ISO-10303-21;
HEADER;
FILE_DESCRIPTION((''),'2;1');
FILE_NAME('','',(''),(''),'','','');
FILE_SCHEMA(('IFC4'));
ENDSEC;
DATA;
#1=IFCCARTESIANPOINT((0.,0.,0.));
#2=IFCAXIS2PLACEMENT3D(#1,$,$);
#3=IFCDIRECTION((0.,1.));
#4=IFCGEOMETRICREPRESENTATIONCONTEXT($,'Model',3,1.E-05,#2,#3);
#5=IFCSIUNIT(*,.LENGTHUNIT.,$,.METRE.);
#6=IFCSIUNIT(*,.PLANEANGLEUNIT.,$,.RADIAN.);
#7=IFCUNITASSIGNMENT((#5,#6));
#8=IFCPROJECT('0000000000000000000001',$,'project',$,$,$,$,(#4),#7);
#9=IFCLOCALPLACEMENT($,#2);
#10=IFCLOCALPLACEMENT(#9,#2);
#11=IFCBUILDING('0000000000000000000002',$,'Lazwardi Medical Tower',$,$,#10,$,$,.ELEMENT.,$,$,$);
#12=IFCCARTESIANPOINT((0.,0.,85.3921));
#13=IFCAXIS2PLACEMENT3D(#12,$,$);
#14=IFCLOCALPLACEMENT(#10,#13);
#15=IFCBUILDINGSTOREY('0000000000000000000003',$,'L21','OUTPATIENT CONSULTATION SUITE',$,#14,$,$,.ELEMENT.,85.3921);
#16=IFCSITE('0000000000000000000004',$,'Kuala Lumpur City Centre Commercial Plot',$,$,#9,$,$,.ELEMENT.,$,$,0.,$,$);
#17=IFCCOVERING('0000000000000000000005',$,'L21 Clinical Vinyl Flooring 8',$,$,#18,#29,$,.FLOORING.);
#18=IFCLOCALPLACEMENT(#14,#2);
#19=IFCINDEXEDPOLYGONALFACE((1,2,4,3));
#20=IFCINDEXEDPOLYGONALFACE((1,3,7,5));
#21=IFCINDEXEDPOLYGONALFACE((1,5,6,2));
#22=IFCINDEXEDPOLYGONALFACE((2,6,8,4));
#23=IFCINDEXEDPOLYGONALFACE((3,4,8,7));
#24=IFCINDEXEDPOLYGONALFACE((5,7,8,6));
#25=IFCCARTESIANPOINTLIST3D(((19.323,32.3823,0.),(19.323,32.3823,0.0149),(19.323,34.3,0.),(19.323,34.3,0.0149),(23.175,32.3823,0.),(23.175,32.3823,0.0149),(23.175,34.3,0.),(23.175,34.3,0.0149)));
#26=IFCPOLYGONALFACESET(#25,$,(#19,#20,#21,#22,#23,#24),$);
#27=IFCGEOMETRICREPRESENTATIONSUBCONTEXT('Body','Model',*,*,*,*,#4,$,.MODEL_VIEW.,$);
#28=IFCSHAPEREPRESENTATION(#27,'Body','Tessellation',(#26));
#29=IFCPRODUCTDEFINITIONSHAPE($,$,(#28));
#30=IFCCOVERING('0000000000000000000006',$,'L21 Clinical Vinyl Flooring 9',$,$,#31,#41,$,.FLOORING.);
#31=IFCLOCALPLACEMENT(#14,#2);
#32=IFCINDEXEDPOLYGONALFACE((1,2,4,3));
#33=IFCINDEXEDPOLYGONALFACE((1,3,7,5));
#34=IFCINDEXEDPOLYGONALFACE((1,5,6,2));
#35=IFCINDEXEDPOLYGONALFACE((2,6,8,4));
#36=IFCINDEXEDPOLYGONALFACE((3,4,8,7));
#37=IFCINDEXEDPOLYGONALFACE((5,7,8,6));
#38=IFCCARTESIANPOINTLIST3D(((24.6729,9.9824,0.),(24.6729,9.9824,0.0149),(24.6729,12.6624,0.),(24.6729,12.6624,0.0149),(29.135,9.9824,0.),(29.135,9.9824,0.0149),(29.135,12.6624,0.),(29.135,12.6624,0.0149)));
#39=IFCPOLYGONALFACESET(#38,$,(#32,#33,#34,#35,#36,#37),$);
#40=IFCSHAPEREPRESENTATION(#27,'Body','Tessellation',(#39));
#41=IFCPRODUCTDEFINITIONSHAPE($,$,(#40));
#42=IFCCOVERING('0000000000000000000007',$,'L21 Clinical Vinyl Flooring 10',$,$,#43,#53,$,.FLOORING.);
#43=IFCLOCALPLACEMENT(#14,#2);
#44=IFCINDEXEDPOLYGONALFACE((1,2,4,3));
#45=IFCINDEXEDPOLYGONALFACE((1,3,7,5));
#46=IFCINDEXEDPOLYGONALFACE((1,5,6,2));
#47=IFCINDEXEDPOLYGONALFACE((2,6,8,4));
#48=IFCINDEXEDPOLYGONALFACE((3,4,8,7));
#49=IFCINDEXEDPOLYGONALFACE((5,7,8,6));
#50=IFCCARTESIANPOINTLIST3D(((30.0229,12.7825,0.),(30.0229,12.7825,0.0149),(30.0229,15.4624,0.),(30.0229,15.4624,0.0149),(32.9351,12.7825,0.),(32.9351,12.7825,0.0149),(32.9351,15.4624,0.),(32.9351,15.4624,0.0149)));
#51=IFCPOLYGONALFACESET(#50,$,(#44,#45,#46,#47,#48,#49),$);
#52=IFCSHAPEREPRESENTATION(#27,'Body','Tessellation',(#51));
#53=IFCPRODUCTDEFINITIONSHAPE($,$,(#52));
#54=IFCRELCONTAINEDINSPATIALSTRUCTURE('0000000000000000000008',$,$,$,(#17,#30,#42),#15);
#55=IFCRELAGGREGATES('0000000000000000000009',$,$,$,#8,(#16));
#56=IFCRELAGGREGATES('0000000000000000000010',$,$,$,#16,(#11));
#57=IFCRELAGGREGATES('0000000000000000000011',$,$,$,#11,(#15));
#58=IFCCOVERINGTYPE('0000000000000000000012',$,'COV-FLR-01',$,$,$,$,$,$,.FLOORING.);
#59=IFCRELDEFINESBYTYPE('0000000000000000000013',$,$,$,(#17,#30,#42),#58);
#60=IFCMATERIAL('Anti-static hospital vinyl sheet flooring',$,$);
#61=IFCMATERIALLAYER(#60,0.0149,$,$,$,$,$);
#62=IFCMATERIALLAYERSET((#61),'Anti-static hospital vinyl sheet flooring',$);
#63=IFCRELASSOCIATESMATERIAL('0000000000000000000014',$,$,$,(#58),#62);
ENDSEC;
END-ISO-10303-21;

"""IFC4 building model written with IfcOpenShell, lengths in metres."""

from ifc_helpers import new_model, si_unit, direction, frame, origin, place, context, subcontext, project, spatial, polyline, outline, extrude, material, layer, layer_set, type_object, element, save


model = new_model("IFC4")

# Units and contexts
model_context = context("Model", 3, precision=1e-05, world=origin(), true_north=direction((0.0, 1.0)))
body_context = subcontext(model_context, "Body", "Model", "MODEL_VIEW")
ifc_project = project(units=[si_unit("LENGTHUNIT", "METRE"), si_unit("PLANEANGLEUNIT", "RADIAN")], contexts=[model_context])

# Site, building, storey
site_placement = place(None, origin())
site = spatial("IfcSite", under=ifc_project, at=site_placement, Name="Kuala Lumpur City Centre Commercial Plot", CompositionType="ELEMENT", RefElevation=0.0)
building_placement = place(site_placement, origin())
building = spatial("IfcBuilding", under=site, at=building_placement, Name="Lazwardi Medical Tower", CompositionType="ELEMENT")
storey_placement = place(building_placement, frame((0.0, 0.0, 85.3921)))
storey = spatial("IfcBuildingStorey", under=building, at=storey_placement, Name="L21", Description="OUTPATIENT CONSULTATION SUITE", CompositionType="ELEMENT", Elevation=85.3921)

# Coverings
ifc_material_1 = material(Name="Anti-static hospital vinyl sheet flooring")
ifc_layer_1 = layer(ifc_material_1, 0.0149)
ifc_layer_set_1 = layer_set([ifc_layer_1], Name="Anti-static hospital vinyl sheet flooring")
covering_type_1 = type_object("IfcCoveringType", Name="COV-FLR-01", PredefinedType="FLOORING", material=ifc_layer_set_1)
covering_1_placement = place(storey_placement, origin())
element("IfcCovering", 1, at=covering_1_placement, inside=storey, type_object=covering_type_1, Name="L21 Clinical Vinyl Flooring 8", PredefinedType="FLOORING", context=body_context, shape_type="SweptSolid", body=[
    extrude(outline(polyline([(23.175, 32.3823), (23.175, 34.3), (19.323, 34.3), (19.323, 32.3823), (23.175, 32.3823)])), origin(), (0.0, 0.0, 1.0), 0.0149),
])
covering_2_placement = place(storey_placement, origin())
element("IfcCovering", 2, at=covering_2_placement, inside=storey, type_object=covering_type_1, Name="L21 Clinical Vinyl Flooring 9", PredefinedType="FLOORING", context=body_context, shape_type="SweptSolid", body=[
    extrude(outline(polyline([(29.135, 9.9824), (29.135, 12.6624), (24.6729, 12.6624), (24.6729, 9.9824), (29.135, 9.9824)])), origin(), (0.0, 0.0, 1.0), 0.0149),
])
covering_3_placement = place(storey_placement, origin())
element("IfcCovering", 3, at=covering_3_placement, inside=storey, type_object=covering_type_1, Name="L21 Clinical Vinyl Flooring 10", PredefinedType="FLOORING", context=body_context, shape_type="SweptSolid", body=[
    extrude(outline(polyline([(32.9351, 12.7825), (32.9351, 15.4624), (30.0229, 15.4624), (30.0229, 12.7825), (32.9351, 12.7825)])), origin(), (0.0, 0.0, 1.0), 0.0149),
])

save(model, "model.ifc")
